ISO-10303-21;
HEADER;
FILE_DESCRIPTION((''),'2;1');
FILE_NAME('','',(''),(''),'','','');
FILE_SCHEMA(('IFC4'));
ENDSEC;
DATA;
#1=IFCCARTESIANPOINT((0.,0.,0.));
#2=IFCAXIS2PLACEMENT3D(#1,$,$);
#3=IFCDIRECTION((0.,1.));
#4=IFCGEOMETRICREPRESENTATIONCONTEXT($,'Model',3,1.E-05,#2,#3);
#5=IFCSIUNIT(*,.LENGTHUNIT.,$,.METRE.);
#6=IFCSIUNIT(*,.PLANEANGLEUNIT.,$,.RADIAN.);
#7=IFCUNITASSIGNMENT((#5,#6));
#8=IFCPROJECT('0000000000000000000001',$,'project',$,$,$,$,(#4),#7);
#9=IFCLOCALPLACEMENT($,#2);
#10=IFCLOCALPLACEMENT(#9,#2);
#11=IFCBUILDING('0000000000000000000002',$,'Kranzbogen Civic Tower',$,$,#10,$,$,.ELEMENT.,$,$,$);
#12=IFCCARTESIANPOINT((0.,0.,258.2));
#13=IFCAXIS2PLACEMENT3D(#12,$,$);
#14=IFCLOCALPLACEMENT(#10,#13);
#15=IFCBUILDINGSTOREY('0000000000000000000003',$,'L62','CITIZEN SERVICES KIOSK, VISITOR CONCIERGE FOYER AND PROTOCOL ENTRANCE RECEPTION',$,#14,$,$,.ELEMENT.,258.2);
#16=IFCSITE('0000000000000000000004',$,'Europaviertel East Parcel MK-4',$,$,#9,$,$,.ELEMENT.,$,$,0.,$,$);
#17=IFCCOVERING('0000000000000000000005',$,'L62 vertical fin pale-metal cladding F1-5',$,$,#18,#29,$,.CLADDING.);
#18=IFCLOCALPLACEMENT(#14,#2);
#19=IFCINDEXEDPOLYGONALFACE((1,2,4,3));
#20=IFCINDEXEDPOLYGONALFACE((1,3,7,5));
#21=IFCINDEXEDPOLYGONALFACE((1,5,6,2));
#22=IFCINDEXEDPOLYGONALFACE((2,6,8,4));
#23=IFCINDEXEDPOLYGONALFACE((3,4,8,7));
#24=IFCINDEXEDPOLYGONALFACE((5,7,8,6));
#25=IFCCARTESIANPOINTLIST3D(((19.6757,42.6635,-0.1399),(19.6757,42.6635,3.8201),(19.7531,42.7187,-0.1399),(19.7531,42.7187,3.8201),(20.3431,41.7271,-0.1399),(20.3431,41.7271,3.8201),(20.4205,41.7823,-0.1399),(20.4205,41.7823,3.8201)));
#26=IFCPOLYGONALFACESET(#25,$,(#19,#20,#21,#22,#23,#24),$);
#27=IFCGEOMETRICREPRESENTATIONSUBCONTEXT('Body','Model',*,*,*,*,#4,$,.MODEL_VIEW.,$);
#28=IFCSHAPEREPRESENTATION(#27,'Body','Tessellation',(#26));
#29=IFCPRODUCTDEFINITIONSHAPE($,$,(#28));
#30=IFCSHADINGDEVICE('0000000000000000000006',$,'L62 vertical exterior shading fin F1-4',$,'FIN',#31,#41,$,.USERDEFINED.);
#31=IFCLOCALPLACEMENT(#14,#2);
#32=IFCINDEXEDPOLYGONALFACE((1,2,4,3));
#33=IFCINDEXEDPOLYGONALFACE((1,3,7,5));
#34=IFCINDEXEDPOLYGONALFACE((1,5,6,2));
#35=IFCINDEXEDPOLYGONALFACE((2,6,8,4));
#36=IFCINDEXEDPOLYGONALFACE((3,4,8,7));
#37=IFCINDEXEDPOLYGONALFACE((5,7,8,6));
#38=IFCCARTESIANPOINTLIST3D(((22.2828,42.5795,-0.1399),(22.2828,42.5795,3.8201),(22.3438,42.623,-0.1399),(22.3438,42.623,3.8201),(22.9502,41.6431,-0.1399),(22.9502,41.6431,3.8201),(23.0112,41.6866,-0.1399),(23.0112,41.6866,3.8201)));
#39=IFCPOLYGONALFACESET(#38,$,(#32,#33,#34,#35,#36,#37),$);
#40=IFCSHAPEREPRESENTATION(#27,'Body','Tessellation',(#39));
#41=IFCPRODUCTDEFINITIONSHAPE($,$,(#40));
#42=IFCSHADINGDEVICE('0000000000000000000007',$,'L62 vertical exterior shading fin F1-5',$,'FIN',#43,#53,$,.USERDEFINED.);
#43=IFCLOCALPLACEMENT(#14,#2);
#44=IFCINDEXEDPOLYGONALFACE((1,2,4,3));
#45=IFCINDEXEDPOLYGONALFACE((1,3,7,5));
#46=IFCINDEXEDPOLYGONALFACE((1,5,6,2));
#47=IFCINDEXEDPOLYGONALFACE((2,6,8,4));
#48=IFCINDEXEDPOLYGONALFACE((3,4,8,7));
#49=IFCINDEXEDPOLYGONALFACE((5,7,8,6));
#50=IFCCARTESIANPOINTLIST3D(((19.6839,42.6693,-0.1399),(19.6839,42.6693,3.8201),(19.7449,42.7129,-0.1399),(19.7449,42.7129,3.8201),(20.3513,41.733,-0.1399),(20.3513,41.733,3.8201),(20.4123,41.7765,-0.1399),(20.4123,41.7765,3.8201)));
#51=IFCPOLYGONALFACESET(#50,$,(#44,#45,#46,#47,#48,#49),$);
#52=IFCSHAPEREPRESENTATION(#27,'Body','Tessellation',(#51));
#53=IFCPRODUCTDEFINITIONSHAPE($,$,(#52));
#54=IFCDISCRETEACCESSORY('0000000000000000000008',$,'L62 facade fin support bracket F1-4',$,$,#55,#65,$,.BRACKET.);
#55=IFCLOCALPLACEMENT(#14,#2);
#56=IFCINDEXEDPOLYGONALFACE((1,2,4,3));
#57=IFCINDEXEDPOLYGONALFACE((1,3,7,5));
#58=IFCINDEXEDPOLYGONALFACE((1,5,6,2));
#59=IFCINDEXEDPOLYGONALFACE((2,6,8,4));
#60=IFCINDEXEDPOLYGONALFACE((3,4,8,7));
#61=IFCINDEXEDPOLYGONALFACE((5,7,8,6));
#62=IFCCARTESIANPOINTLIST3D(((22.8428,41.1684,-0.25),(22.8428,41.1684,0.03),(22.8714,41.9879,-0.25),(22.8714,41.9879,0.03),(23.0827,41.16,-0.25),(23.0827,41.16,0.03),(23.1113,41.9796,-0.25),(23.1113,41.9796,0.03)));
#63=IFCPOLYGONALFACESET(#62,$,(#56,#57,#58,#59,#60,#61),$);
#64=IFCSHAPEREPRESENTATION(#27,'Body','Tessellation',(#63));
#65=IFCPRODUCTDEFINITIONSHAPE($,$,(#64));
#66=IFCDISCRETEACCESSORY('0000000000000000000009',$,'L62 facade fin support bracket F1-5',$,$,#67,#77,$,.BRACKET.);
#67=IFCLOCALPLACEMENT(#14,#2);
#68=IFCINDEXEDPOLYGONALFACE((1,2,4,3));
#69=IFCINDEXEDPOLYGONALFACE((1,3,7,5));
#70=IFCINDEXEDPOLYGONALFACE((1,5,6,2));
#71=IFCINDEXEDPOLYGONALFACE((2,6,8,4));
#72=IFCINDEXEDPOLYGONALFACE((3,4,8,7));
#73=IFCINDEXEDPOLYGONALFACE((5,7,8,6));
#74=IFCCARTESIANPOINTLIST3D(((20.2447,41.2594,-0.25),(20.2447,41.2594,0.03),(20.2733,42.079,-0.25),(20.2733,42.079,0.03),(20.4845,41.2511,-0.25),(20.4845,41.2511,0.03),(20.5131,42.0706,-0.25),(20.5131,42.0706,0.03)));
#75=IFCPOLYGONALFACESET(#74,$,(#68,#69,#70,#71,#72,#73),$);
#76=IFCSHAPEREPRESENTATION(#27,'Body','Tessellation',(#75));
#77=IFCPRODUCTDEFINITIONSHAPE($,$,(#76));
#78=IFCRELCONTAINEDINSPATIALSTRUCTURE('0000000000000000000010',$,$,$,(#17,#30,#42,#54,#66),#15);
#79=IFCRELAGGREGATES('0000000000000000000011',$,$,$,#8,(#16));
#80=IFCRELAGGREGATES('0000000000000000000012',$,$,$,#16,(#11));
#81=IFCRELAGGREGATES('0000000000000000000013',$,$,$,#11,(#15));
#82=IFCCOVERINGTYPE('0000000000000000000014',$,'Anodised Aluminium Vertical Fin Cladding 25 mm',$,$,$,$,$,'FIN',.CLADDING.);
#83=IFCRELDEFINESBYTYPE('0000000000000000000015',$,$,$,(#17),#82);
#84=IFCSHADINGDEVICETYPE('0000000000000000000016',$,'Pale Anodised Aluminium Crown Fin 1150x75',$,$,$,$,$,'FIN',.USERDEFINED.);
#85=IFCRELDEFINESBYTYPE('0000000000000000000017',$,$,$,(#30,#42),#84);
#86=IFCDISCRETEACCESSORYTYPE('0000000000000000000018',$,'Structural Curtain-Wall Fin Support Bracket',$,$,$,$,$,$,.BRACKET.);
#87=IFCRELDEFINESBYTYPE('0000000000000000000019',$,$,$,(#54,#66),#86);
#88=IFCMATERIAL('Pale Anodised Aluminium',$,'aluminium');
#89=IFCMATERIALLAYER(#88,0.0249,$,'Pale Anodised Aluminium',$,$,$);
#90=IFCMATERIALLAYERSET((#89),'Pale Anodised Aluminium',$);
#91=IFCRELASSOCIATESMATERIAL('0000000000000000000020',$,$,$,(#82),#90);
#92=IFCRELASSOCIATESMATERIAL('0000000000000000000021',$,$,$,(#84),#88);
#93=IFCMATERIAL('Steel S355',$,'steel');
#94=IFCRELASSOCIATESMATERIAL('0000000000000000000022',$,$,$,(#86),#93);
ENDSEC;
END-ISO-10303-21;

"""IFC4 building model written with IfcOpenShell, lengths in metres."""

from ifc_helpers import new_model, si_unit, direction, frame, origin, origin_2d, place, context, subcontext, project, spatial, rectangle, extrude, material, layer, layer_set, type_object, element, save


model = new_model("IFC4")

# Units and contexts
model_context = context("Model", 3, precision=1e-05, world=origin(), true_north=direction((0.0, 1.0)))
body_context = subcontext(model_context, "Body", "Model", "MODEL_VIEW")
ifc_project = project(units=[si_unit("LENGTHUNIT", "METRE"), si_unit("PLANEANGLEUNIT", "RADIAN")], contexts=[model_context])

# Site, building, storey
site_placement = place(None, origin())
site = spatial("IfcSite", under=ifc_project, at=site_placement, Name="Europaviertel East Parcel MK-4", CompositionType="ELEMENT", RefElevation=0.0)
building_placement = place(site_placement, origin())
building = spatial("IfcBuilding", under=site, at=building_placement, Name="Kranzbogen Civic Tower", CompositionType="ELEMENT")
storey_placement = place(building_placement, frame((0.0, 0.0, 258.2)))
storey = spatial("IfcBuildingStorey", under=building, at=storey_placement, Name="L62", Description="CITIZEN SERVICES KIOSK, VISITOR CONCIERGE FOYER AND PROTOCOL ENTRANCE RECEPTION", CompositionType="ELEMENT", Elevation=258.2)

# Shared definitions
ifc_material_1 = material(Name="Steel S355", Category="steel")

# Shared definitions
ifc_material_2 = material(Name="Pale Anodised Aluminium", Category="aluminium")

# Covering
ifc_layer_1 = layer(ifc_material_2, 0.0249, Name="Pale Anodised Aluminium")
ifc_layer_set_1 = layer_set([ifc_layer_1], Name="Pale Anodised Aluminium")
covering_type = type_object("IfcCoveringType", Name="Anodised Aluminium Vertical Fin Cladding 25 mm", ElementType="FIN", PredefinedType="CLADDING", material=ifc_layer_set_1)
for number, where, z_axis, x_axis, name in (
    (1, (20.0481, 42.2229, -0.1399), (0.0, 0.0, 1.0), (-0.580405, 0.814328, 0.0), "L62 vertical fin pale-metal cladding F1-5"),
):
    element("IfcCovering", number, at=place(storey_placement, frame(where, z_axis=z_axis, x_axis=x_axis)), inside=storey, type_object=covering_type, Name=name, PredefinedType="CLADDING", context=body_context, shape_type="SweptSolid", body=[
        extrude(rectangle(XDim=1.1499, YDim=0.095, at=origin_2d()), origin(), (0.0, 0.0, 1.0), 3.96),
    ])

# Shading devices
shading_device_type = type_object("IfcShadingDeviceType", Name="Pale Anodised Aluminium Crown Fin 1150x75", ElementType="FIN", PredefinedType="USERDEFINED", material=ifc_material_2)
for number, where, z_axis, x_axis, name in (
    (2, (22.647, 42.1331, -0.1399), (0.0, 0.0, 1.0), (-0.580405, 0.814328, 0.0), "L62 vertical exterior shading fin F1-4"),
    (3, (20.0481, 42.2229, -0.1399), (0.0, 0.0, 1.0), (-0.580405, 0.814328, 0.0), "L62 vertical exterior shading fin F1-5"),
):
    element("IfcShadingDevice", number, at=place(storey_placement, frame(where, z_axis=z_axis, x_axis=x_axis)), inside=storey, type_object=shading_device_type, Name=name, ObjectType="FIN", PredefinedType="USERDEFINED", context=body_context, shape_type="SweptSolid", body=[
        extrude(rectangle(XDim=1.1499, YDim=0.075, at=origin_2d()), origin(), (0.0, 0.0, 1.0), 3.96),
    ])

# Discrete accessories
discrete_accessory_type = type_object("IfcDiscreteAccessoryType", Name="Structural Curtain-Wall Fin Support Bracket", PredefinedType="BRACKET", material=ifc_material_1)
for number, where, z_axis, x_axis, name in (
    (4, (22.9771, 41.574, -0.25), (0.0, 0.0, 1.0), (0.034899, 0.999391, 0.0), "L62 facade fin support bracket F1-4"),
    (5, (20.3789, 41.665, -0.25), (0.0, 0.0, 1.0), (0.034899, 0.999391, 0.0), "L62 facade fin support bracket F1-5"),
):
    element("IfcDiscreteAccessory", number, at=place(storey_placement, frame(where, z_axis=z_axis, x_axis=x_axis)), inside=storey, type_object=discrete_accessory_type, Name=name, PredefinedType="BRACKET", context=body_context, shape_type="SweptSolid", body=[
        extrude(rectangle(XDim=0.8201, YDim=0.24, at=origin_2d()), origin(), (0.0, 0.0, 1.0), 0.28),
    ])

save(model, "model.ifc")
